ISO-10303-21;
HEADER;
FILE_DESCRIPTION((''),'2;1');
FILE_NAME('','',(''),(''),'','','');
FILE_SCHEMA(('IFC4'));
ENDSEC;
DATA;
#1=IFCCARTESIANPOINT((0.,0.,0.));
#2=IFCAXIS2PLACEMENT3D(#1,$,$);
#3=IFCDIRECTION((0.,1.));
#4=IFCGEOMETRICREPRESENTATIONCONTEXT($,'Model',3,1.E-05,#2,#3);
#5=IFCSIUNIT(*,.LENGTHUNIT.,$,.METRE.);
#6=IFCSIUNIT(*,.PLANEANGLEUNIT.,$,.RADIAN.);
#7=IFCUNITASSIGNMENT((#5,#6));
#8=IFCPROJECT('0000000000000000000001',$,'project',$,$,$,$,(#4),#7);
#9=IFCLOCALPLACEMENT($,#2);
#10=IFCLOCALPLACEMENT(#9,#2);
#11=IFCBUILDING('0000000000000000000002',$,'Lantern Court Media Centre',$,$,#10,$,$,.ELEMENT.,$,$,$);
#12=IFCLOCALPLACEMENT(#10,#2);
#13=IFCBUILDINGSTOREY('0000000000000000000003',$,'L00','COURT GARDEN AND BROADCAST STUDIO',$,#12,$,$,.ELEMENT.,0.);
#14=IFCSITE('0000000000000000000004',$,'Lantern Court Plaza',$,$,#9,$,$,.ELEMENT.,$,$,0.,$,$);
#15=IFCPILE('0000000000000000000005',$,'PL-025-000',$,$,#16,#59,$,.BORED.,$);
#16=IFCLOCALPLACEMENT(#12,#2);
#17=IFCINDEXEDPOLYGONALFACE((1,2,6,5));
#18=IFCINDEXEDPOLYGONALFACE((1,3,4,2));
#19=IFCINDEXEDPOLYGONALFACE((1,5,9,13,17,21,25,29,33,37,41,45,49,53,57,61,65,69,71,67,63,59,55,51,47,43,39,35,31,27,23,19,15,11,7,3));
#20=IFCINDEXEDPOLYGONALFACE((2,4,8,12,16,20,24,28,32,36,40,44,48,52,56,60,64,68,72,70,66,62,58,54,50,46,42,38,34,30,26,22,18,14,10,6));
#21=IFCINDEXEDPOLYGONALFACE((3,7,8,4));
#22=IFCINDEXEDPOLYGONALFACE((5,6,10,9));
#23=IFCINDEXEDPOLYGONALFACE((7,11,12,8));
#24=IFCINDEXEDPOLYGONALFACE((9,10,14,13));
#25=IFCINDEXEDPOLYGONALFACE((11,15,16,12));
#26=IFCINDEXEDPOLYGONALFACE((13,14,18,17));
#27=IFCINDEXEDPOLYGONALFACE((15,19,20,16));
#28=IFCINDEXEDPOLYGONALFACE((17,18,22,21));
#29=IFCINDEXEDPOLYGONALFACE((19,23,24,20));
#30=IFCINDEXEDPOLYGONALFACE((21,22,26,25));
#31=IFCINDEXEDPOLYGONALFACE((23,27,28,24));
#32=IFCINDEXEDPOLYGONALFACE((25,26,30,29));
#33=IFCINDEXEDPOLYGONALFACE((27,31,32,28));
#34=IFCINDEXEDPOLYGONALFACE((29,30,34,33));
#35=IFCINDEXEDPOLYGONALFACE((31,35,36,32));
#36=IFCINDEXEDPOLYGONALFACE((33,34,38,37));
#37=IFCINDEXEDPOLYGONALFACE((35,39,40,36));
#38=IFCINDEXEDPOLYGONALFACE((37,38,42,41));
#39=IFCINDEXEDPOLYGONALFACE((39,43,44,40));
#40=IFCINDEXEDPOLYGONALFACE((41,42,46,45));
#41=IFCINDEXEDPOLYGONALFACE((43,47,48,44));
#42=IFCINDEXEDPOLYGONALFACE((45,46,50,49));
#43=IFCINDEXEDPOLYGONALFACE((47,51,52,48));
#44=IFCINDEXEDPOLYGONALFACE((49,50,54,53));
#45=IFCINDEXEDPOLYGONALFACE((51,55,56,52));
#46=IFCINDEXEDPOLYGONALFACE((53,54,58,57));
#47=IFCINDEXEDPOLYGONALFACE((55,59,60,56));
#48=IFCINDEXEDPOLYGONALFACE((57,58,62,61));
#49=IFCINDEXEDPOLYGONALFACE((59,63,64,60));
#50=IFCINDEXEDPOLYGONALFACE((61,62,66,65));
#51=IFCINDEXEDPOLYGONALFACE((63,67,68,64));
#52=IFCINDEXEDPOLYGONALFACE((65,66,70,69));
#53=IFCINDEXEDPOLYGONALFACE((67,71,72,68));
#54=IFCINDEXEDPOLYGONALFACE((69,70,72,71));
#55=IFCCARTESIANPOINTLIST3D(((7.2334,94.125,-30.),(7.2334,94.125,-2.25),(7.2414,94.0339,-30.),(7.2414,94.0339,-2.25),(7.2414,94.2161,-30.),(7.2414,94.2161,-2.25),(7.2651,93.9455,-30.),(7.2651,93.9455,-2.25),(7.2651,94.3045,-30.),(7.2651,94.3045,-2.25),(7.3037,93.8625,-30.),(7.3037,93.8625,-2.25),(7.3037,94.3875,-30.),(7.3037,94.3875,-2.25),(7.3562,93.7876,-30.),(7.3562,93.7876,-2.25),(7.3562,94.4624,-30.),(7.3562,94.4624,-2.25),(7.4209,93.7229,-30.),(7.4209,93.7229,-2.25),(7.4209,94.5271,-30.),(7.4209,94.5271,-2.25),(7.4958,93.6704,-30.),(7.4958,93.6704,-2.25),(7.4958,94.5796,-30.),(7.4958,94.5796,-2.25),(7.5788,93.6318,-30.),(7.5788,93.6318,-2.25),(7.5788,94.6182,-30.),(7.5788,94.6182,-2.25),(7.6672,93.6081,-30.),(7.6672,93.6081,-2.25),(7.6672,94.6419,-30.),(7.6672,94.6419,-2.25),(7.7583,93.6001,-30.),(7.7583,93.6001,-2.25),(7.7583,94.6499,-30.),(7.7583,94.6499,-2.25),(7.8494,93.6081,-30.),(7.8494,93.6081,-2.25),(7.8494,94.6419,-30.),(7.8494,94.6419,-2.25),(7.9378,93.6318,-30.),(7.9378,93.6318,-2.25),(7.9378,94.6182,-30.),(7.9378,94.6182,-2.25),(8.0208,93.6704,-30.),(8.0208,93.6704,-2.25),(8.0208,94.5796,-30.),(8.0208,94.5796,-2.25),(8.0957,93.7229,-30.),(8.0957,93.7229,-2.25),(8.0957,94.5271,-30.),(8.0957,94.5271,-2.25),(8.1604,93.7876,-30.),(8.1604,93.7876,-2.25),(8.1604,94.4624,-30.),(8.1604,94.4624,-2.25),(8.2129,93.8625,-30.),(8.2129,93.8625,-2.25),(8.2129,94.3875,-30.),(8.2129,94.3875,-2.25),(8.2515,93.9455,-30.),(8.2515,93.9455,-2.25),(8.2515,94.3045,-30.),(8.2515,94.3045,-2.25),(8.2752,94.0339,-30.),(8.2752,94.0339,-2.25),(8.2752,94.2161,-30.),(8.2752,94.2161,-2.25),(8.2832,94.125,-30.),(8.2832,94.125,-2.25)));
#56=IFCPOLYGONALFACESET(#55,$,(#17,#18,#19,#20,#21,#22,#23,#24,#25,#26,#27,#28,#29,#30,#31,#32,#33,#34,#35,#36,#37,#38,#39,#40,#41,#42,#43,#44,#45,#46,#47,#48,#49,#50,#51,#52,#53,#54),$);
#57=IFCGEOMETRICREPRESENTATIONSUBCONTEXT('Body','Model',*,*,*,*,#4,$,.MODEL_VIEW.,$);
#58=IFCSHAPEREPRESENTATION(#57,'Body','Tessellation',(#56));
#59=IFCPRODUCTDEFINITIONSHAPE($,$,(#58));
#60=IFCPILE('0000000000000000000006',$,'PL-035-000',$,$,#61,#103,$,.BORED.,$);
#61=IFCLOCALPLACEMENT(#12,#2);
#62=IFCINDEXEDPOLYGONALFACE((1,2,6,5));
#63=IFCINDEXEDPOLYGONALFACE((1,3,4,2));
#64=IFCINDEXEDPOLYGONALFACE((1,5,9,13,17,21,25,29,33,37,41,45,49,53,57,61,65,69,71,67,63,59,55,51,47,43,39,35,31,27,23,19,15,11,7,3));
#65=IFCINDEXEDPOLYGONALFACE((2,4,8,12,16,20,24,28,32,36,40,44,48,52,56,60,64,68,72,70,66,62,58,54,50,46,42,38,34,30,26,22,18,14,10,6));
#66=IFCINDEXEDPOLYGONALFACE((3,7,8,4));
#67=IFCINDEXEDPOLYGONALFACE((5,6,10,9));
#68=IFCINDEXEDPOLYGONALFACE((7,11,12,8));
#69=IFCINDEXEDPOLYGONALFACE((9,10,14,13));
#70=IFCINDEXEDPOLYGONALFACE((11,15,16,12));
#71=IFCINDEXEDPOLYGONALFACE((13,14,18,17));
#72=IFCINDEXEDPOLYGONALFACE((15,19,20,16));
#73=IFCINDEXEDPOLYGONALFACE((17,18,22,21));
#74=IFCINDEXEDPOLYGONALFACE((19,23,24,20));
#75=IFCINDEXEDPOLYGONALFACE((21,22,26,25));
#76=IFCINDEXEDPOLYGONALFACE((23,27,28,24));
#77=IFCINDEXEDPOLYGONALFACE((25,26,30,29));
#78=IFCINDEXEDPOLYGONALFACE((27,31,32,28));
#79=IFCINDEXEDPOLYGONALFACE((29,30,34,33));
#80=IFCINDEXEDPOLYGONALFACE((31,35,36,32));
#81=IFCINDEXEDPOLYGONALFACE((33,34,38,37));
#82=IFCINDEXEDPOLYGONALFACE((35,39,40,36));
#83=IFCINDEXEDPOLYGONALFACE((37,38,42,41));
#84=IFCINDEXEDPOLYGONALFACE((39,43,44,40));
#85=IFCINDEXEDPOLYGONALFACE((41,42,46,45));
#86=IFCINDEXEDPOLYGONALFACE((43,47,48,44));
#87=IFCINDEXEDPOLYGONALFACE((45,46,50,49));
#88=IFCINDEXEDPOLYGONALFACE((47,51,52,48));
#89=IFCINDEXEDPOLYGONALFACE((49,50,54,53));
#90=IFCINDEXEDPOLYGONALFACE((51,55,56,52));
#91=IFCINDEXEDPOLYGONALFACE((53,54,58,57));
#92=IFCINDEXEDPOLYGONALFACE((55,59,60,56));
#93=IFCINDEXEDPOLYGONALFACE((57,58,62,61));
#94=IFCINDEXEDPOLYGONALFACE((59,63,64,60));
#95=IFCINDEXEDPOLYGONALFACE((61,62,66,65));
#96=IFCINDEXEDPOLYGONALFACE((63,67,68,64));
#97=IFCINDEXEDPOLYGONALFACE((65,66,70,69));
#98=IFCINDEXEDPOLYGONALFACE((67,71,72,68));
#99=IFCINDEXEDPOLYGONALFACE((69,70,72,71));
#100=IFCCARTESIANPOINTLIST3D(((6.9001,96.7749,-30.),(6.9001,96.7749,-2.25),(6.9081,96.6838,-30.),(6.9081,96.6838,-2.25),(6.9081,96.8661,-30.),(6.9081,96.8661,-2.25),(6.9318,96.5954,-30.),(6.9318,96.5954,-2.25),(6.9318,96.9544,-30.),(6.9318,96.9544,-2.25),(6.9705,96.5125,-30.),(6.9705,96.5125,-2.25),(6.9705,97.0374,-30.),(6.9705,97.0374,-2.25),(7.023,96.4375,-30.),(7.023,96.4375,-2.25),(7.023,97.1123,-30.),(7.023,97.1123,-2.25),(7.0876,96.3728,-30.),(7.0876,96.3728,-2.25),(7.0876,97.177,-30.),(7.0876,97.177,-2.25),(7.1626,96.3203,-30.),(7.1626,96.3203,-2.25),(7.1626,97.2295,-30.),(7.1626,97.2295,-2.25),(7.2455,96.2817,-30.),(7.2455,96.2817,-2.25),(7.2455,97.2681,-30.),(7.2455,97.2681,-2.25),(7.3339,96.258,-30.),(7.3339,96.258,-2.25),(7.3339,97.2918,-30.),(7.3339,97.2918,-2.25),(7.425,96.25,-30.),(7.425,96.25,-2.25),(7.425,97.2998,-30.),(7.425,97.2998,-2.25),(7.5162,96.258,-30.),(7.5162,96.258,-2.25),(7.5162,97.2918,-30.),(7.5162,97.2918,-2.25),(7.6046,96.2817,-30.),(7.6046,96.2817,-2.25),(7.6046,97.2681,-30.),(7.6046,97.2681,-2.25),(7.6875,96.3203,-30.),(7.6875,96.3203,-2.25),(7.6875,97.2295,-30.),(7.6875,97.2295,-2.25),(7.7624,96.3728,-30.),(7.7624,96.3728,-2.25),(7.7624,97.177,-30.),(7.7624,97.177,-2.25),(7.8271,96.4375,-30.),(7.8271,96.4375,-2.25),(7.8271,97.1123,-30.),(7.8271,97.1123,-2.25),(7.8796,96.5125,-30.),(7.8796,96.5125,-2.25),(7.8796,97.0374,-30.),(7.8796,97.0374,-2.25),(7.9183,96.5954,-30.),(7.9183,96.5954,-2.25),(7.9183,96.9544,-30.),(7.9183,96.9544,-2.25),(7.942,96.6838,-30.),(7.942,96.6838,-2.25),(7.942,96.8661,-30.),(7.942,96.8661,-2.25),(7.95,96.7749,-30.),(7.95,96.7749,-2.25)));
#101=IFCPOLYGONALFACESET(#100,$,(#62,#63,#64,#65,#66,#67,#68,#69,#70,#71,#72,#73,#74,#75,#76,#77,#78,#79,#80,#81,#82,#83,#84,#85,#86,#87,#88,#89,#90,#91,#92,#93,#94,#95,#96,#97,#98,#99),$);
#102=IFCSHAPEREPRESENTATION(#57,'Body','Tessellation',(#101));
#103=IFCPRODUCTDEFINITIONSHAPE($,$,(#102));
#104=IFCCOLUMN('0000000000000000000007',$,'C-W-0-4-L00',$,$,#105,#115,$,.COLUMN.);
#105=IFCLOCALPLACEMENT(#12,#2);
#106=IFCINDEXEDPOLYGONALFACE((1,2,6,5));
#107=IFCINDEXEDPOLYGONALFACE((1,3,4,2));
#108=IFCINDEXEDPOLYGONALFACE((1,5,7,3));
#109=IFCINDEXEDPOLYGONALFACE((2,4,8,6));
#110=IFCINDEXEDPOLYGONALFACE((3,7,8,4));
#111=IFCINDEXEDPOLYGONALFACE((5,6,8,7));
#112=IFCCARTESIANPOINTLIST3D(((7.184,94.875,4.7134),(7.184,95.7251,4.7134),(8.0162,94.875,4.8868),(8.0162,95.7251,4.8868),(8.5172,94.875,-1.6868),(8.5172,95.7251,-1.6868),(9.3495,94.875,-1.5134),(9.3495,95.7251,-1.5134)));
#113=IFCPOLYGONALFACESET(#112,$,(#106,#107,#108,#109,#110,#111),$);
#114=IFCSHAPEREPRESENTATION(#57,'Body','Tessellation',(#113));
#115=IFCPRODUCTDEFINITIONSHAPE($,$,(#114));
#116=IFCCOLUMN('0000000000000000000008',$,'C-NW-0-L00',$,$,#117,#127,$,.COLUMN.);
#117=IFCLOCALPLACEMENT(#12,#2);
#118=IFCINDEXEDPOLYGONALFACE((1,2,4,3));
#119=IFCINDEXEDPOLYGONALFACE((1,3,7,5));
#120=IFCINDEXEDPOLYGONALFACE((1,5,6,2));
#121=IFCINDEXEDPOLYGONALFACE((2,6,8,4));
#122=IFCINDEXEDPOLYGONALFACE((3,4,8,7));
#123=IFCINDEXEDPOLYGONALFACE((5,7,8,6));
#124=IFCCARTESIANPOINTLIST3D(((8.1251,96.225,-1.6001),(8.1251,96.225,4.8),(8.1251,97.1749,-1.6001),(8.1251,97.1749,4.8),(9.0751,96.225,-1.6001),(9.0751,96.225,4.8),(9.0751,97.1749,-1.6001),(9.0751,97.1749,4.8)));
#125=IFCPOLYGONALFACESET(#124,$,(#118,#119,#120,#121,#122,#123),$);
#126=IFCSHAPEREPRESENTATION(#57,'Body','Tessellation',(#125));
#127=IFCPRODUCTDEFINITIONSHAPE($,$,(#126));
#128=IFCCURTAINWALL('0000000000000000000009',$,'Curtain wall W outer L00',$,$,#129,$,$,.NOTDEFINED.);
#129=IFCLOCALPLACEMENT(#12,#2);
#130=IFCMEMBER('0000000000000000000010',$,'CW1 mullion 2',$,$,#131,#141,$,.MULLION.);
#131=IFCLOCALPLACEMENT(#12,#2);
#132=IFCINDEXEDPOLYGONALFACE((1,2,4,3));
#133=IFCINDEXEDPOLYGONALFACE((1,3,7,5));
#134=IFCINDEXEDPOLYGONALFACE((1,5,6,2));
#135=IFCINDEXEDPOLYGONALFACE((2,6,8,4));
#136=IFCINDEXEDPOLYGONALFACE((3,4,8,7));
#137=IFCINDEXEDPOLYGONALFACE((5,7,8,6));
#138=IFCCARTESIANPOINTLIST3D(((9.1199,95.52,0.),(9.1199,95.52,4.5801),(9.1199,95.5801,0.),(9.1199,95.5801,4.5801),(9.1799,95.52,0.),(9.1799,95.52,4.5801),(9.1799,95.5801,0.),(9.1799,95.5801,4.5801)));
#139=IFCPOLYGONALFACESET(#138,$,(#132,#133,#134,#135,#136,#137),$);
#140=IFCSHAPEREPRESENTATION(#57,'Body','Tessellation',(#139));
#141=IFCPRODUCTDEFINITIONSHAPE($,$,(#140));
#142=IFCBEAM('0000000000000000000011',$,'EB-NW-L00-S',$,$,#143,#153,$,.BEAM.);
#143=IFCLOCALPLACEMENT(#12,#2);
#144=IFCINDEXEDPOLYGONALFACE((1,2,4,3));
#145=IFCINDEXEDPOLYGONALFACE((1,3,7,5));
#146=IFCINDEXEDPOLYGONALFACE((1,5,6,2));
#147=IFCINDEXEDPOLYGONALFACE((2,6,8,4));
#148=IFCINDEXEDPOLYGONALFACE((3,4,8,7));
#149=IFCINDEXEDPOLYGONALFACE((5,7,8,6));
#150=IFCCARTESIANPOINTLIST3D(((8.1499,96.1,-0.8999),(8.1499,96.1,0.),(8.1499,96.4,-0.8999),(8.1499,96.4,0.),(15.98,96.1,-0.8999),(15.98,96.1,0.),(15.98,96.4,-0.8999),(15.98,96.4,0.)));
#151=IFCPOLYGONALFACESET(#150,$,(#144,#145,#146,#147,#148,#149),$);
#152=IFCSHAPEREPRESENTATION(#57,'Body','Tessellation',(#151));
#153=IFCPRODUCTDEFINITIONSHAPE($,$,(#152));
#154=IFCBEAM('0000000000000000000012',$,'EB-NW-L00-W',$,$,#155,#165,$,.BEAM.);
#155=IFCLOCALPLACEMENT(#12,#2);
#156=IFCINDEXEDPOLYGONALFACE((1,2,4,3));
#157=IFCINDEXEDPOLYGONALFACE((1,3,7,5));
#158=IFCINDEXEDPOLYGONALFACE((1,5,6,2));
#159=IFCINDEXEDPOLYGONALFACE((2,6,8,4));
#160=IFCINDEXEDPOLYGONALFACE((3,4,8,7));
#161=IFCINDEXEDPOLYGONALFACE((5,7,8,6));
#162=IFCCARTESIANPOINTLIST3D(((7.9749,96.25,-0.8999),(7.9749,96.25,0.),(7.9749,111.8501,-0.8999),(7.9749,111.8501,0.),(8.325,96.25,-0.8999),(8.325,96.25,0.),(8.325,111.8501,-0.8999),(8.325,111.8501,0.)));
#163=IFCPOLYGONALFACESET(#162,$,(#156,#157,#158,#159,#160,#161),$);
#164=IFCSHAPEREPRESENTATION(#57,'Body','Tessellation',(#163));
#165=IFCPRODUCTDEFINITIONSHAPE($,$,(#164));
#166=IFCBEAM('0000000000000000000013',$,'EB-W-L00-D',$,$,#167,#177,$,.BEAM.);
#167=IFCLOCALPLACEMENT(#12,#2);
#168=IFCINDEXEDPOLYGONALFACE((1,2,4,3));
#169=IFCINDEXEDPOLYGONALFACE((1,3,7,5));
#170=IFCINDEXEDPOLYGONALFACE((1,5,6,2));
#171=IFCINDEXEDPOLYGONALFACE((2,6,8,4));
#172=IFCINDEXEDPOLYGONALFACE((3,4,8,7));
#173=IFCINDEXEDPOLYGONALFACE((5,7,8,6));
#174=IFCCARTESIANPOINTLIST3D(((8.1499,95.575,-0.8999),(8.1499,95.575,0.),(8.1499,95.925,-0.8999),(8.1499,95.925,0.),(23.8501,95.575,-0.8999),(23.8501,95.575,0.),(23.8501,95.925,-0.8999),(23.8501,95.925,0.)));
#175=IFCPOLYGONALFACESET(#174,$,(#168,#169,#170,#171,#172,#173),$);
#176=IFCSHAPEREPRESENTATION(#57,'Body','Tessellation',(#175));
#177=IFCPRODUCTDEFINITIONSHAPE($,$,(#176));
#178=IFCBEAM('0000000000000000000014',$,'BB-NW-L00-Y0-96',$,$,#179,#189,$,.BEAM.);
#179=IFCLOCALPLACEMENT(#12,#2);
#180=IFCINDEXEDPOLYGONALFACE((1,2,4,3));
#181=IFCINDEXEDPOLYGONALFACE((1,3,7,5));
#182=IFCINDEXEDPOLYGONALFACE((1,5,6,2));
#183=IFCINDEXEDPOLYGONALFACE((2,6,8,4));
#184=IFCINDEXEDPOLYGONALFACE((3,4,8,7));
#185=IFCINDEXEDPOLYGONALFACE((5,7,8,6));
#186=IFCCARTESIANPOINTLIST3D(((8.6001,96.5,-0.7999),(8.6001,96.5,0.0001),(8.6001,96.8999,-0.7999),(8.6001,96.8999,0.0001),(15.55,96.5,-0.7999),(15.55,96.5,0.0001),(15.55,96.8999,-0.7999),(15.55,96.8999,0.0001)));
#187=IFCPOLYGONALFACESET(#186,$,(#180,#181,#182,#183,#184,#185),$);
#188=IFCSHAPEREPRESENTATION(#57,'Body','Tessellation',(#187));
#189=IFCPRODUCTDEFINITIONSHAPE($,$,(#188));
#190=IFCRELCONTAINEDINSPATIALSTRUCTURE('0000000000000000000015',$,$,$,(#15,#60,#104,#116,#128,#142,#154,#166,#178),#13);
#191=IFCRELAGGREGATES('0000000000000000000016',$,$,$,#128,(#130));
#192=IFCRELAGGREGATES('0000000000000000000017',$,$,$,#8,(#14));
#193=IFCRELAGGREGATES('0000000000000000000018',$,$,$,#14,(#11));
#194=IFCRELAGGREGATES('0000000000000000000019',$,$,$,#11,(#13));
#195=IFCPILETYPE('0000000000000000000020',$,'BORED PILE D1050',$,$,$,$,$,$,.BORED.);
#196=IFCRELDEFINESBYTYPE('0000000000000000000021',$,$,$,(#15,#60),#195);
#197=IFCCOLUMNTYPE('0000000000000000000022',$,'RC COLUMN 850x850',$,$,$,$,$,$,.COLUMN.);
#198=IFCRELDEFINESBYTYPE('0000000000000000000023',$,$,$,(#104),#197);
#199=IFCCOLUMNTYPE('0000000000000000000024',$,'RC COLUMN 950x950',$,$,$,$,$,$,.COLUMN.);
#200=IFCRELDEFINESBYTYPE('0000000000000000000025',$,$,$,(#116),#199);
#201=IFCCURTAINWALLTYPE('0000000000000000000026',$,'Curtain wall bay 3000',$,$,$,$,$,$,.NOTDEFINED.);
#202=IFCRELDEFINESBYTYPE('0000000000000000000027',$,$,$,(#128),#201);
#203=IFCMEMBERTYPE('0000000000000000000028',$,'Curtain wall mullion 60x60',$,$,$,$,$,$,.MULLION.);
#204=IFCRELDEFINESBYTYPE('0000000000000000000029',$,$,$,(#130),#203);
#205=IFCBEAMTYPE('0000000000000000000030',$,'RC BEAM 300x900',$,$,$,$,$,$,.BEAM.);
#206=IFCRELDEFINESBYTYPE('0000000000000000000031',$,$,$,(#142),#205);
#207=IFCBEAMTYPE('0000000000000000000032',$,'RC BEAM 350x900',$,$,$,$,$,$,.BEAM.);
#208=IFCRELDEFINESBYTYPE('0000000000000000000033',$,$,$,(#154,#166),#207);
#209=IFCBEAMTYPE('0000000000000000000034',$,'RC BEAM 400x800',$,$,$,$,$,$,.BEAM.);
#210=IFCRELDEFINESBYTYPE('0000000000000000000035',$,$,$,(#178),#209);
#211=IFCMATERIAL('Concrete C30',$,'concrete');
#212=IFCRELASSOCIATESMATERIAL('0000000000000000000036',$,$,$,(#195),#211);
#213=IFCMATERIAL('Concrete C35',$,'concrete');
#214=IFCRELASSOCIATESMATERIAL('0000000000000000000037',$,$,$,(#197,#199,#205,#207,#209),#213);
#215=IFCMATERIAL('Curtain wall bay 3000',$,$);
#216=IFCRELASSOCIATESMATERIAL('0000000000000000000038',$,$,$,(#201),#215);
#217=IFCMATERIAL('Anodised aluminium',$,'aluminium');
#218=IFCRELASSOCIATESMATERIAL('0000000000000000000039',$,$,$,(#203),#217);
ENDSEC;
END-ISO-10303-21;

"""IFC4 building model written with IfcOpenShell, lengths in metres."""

from ifc_helpers import new_model, si_unit, direction, frame, origin, origin_2d, place, context, subcontext, project, spatial, rectangle, circle, extrude, material, material_profile, profile_set, type_object, element, aggregate, save


model = new_model("IFC4")

# Units and contexts
model_context = context("Model", 3, precision=1e-05, world=origin(), true_north=direction((0.0, 1.0)))
body_context = subcontext(model_context, "Body", "Model", "MODEL_VIEW")
ifc_project = project(units=[si_unit("LENGTHUNIT", "METRE"), si_unit("PLANEANGLEUNIT", "RADIAN")], contexts=[model_context])

# Site, building, storey
site_placement = place(None, origin())
site = spatial("IfcSite", under=ifc_project, at=site_placement, Name="Lantern Court Plaza", CompositionType="ELEMENT", RefElevation=0.0)
building_placement = place(site_placement, origin())
building = spatial("IfcBuilding", under=site, at=building_placement, Name="Lantern Court Media Centre", CompositionType="ELEMENT")
storey_placement = place(building_placement, origin())
storey = spatial("IfcBuildingStorey", under=building, at=storey_placement, Name="L00", Description="COURT GARDEN AND BROADCAST STUDIO", CompositionType="ELEMENT", Elevation=0.0)

# Piles
ifc_material_1 = material(Name="Concrete C30", Category="concrete")
ifc_material_profile_1 = material_profile(ifc_material_1, circle(Radius=0.5249, at=origin_2d()), Name="D1050")
ifc_profile_set_1 = profile_set([ifc_material_profile_1], Name="Concrete C30")
pile_type = type_object("IfcPileType", Name="BORED PILE D1050", PredefinedType="BORED", material=ifc_profile_set_1)
for number, where, z_axis, x_axis, name in (
    (1, (7.7583, 94.125, -2.25), (0.0, 0.0, -1.0), (1.0, 0.0, 0.0), "PL-025-000"),
    (2, (7.425, 96.7749, -2.25), (0.0, 0.0, -1.0), (1.0, 0.0, 0.0), "PL-035-000"),
):
    element("IfcPile", number, at=place(storey_placement, frame(where, z_axis=z_axis, x_axis=x_axis)), inside=storey, type_object=pile_type, Name=name, PredefinedType="BORED", context=body_context, shape_type="SweptSolid", body=[
        extrude(circle(Radius=0.5249, at=origin_2d()), origin(), (0.0, 0.0, 1.0), 27.75),
    ])

# Columns
ifc_material_2 = material(Name="Concrete C35", Category="concrete")
ifc_material_profile_2 = material_profile(ifc_material_2, rectangle(XDim=0.8501, YDim=0.8501, at=origin_2d()), Name="RC 850x850")
ifc_profile_set_2 = profile_set([ifc_material_profile_2], Name="Concrete C35")
column_type_1 = type_object("IfcColumnType", Name="RC COLUMN 850x850", PredefinedType="COLUMN", material=ifc_profile_set_2)
column_1_placement = place(storey_placement, frame((8.9333, 95.3, -1.6001), z_axis=(-0.203938, 0.0, 0.978984), x_axis=(0.0, -1.0, 0.0)))
element("IfcColumn", 3, at=column_1_placement, inside=storey, type_object=column_type_1, Name="C-W-0-4-L00", PredefinedType="COLUMN", context=body_context, shape_type="SweptSolid", body=[
    extrude(rectangle(XDim=0.8501, YDim=0.8501, at=origin_2d()), origin(), (0.0, 0.0, 1.0), 6.5376),
])
ifc_material_profile_3 = material_profile(ifc_material_2, rectangle(XDim=0.95, YDim=0.95, at=origin_2d()), Name="RC 950x950")
ifc_profile_set_3 = profile_set([ifc_material_profile_3], Name="Concrete C35")
column_type_2 = type_object("IfcColumnType", Name="RC COLUMN 950x950", PredefinedType="COLUMN", material=ifc_profile_set_3)
column_2_placement = place(storey_placement, frame((8.6001, 96.7, -1.6001), z_axis=(0.0, 0.0, 1.0), x_axis=(1.0, 0.0, 0.0)))
element("IfcColumn", 4, at=column_2_placement, inside=storey, type_object=column_type_2, Name="C-NW-0-L00", PredefinedType="COLUMN", context=body_context, shape_type="SweptSolid", body=[
    extrude(rectangle(XDim=0.95, YDim=0.95, at=origin_2d()), origin(), (0.0, 0.0, 1.0), 6.4001),
])

# Curtain wall, member
ifc_material_3 = material(Name="Curtain wall bay 3000")
curtain_wall_type = type_object("IfcCurtainWallType", Name="Curtain wall bay 3000", PredefinedType="NOTDEFINED", material=ifc_material_3)
curtain_wall_placement = place(storey_placement, origin())
curtain_wall = element("IfcCurtainWall", 5, at=curtain_wall_placement, inside=storey, type_object=curtain_wall_type, Name="Curtain wall W outer L00", PredefinedType="NOTDEFINED")
ifc_material_4 = material(Name="Anodised aluminium", Category="aluminium")
ifc_material_profile_4 = material_profile(ifc_material_4, rectangle(XDim=0.0601, YDim=0.0601, at=origin_2d()), Name="AL 60x60")
ifc_profile_set_4 = profile_set([ifc_material_profile_4], Name="Anodised aluminium")
member_type = type_object("IfcMemberType", Name="Curtain wall mullion 60x60", PredefinedType="MULLION", material=ifc_profile_set_4)
member_placement = place(storey_placement, frame((9.1499, 95.55, 0.0), z_axis=(0.0, 0.0, 1.0), x_axis=(-1.0, 0.0, 0.0)))
member = element("IfcMember", 6, at=member_placement, type_object=member_type, Name="CW1 mullion 2", PredefinedType="MULLION", context=body_context, shape_type="SweptSolid", body=[
    extrude(rectangle(XDim=0.0601, YDim=0.0601, at=origin_2d()), origin(), (0.0, 0.0, 1.0), 4.5801),
])
aggregate(curtain_wall, [member])

# Beams
ifc_material_profile_5 = material_profile(ifc_material_2, rectangle(XDim=0.3, YDim=0.8999, at=origin_2d()), Name="RC 300x900")
ifc_profile_set_5 = profile_set([ifc_material_profile_5], Name="Concrete C35")
beam_type_1 = type_object("IfcBeamType", Name="RC BEAM 300x900", PredefinedType="BEAM", material=ifc_profile_set_5)
beam_1_placement = place(storey_placement, frame((8.1499, 96.25, -0.45), z_axis=(1.0, 0.0, 0.0), x_axis=(0.0, 1.0, 0.0)))
element("IfcBeam", 7, at=beam_1_placement, inside=storey, type_object=beam_type_1, Name="EB-NW-L00-S", PredefinedType="BEAM", context=body_context, shape_type="SweptSolid", body=[
    extrude(rectangle(XDim=0.3, YDim=0.8999, at=origin_2d()), origin(), (0.0, 0.0, 1.0), 7.8301),
])
ifc_material_profile_6 = material_profile(ifc_material_2, rectangle(XDim=0.3501, YDim=0.8999, at=origin_2d()), Name="RC 350x900")
ifc_profile_set_6 = profile_set([ifc_material_profile_6], Name="Concrete C35")
beam_type_2 = type_object("IfcBeamType", Name="RC BEAM 350x900", PredefinedType="BEAM", material=ifc_profile_set_6)
beam_2_placement = place(storey_placement, frame((8.1499, 96.25, -0.45), z_axis=(0.0, 1.0, 0.0), x_axis=(-1.0, 0.0, 0.0)))
element("IfcBeam", 8, at=beam_2_placement, inside=storey, type_object=beam_type_2, Name="EB-NW-L00-W", PredefinedType="BEAM", context=body_context, shape_type="SweptSolid", body=[
    extrude(rectangle(XDim=0.3501, YDim=0.8999, at=origin_2d()), origin(), (0.0, 0.0, 1.0), 15.6001),
])
beam_3_placement = place(storey_placement, frame((8.1499, 95.75, -0.45), z_axis=(1.0, 0.0, 0.0), x_axis=(0.0, 1.0, 0.0)))
element("IfcBeam", 9, at=beam_3_placement, inside=storey, type_object=beam_type_2, Name="EB-W-L00-D", PredefinedType="BEAM", context=body_context, shape_type="SweptSolid", body=[
    extrude(rectangle(XDim=0.3501, YDim=0.8999, at=origin_2d()), origin(), (0.0, 0.0, 1.0), 15.7002),
])
ifc_material_profile_7 = material_profile(ifc_material_2, rectangle(XDim=0.3999, YDim=0.8, at=origin_2d()), Name="RC 400x800")
ifc_profile_set_7 = profile_set([ifc_material_profile_7], Name="Concrete C35")
beam_type_3 = type_object("IfcBeamType", Name="RC BEAM 400x800", PredefinedType="BEAM", material=ifc_profile_set_7)
beam_4_placement = place(storey_placement, frame((8.6001, 96.7, -0.3999), z_axis=(1.0, 0.0, 0.0), x_axis=(0.0, 1.0, 0.0)))
element("IfcBeam", 10, at=beam_4_placement, inside=storey, type_object=beam_type_3, Name="BB-NW-L00-Y0-96", PredefinedType="BEAM", context=body_context, shape_type="SweptSolid", body=[
    extrude(rectangle(XDim=0.3999, YDim=0.8, at=origin_2d()), origin(), (0.0, 0.0, 1.0), 6.95),
])

save(model, "model.ifc")
